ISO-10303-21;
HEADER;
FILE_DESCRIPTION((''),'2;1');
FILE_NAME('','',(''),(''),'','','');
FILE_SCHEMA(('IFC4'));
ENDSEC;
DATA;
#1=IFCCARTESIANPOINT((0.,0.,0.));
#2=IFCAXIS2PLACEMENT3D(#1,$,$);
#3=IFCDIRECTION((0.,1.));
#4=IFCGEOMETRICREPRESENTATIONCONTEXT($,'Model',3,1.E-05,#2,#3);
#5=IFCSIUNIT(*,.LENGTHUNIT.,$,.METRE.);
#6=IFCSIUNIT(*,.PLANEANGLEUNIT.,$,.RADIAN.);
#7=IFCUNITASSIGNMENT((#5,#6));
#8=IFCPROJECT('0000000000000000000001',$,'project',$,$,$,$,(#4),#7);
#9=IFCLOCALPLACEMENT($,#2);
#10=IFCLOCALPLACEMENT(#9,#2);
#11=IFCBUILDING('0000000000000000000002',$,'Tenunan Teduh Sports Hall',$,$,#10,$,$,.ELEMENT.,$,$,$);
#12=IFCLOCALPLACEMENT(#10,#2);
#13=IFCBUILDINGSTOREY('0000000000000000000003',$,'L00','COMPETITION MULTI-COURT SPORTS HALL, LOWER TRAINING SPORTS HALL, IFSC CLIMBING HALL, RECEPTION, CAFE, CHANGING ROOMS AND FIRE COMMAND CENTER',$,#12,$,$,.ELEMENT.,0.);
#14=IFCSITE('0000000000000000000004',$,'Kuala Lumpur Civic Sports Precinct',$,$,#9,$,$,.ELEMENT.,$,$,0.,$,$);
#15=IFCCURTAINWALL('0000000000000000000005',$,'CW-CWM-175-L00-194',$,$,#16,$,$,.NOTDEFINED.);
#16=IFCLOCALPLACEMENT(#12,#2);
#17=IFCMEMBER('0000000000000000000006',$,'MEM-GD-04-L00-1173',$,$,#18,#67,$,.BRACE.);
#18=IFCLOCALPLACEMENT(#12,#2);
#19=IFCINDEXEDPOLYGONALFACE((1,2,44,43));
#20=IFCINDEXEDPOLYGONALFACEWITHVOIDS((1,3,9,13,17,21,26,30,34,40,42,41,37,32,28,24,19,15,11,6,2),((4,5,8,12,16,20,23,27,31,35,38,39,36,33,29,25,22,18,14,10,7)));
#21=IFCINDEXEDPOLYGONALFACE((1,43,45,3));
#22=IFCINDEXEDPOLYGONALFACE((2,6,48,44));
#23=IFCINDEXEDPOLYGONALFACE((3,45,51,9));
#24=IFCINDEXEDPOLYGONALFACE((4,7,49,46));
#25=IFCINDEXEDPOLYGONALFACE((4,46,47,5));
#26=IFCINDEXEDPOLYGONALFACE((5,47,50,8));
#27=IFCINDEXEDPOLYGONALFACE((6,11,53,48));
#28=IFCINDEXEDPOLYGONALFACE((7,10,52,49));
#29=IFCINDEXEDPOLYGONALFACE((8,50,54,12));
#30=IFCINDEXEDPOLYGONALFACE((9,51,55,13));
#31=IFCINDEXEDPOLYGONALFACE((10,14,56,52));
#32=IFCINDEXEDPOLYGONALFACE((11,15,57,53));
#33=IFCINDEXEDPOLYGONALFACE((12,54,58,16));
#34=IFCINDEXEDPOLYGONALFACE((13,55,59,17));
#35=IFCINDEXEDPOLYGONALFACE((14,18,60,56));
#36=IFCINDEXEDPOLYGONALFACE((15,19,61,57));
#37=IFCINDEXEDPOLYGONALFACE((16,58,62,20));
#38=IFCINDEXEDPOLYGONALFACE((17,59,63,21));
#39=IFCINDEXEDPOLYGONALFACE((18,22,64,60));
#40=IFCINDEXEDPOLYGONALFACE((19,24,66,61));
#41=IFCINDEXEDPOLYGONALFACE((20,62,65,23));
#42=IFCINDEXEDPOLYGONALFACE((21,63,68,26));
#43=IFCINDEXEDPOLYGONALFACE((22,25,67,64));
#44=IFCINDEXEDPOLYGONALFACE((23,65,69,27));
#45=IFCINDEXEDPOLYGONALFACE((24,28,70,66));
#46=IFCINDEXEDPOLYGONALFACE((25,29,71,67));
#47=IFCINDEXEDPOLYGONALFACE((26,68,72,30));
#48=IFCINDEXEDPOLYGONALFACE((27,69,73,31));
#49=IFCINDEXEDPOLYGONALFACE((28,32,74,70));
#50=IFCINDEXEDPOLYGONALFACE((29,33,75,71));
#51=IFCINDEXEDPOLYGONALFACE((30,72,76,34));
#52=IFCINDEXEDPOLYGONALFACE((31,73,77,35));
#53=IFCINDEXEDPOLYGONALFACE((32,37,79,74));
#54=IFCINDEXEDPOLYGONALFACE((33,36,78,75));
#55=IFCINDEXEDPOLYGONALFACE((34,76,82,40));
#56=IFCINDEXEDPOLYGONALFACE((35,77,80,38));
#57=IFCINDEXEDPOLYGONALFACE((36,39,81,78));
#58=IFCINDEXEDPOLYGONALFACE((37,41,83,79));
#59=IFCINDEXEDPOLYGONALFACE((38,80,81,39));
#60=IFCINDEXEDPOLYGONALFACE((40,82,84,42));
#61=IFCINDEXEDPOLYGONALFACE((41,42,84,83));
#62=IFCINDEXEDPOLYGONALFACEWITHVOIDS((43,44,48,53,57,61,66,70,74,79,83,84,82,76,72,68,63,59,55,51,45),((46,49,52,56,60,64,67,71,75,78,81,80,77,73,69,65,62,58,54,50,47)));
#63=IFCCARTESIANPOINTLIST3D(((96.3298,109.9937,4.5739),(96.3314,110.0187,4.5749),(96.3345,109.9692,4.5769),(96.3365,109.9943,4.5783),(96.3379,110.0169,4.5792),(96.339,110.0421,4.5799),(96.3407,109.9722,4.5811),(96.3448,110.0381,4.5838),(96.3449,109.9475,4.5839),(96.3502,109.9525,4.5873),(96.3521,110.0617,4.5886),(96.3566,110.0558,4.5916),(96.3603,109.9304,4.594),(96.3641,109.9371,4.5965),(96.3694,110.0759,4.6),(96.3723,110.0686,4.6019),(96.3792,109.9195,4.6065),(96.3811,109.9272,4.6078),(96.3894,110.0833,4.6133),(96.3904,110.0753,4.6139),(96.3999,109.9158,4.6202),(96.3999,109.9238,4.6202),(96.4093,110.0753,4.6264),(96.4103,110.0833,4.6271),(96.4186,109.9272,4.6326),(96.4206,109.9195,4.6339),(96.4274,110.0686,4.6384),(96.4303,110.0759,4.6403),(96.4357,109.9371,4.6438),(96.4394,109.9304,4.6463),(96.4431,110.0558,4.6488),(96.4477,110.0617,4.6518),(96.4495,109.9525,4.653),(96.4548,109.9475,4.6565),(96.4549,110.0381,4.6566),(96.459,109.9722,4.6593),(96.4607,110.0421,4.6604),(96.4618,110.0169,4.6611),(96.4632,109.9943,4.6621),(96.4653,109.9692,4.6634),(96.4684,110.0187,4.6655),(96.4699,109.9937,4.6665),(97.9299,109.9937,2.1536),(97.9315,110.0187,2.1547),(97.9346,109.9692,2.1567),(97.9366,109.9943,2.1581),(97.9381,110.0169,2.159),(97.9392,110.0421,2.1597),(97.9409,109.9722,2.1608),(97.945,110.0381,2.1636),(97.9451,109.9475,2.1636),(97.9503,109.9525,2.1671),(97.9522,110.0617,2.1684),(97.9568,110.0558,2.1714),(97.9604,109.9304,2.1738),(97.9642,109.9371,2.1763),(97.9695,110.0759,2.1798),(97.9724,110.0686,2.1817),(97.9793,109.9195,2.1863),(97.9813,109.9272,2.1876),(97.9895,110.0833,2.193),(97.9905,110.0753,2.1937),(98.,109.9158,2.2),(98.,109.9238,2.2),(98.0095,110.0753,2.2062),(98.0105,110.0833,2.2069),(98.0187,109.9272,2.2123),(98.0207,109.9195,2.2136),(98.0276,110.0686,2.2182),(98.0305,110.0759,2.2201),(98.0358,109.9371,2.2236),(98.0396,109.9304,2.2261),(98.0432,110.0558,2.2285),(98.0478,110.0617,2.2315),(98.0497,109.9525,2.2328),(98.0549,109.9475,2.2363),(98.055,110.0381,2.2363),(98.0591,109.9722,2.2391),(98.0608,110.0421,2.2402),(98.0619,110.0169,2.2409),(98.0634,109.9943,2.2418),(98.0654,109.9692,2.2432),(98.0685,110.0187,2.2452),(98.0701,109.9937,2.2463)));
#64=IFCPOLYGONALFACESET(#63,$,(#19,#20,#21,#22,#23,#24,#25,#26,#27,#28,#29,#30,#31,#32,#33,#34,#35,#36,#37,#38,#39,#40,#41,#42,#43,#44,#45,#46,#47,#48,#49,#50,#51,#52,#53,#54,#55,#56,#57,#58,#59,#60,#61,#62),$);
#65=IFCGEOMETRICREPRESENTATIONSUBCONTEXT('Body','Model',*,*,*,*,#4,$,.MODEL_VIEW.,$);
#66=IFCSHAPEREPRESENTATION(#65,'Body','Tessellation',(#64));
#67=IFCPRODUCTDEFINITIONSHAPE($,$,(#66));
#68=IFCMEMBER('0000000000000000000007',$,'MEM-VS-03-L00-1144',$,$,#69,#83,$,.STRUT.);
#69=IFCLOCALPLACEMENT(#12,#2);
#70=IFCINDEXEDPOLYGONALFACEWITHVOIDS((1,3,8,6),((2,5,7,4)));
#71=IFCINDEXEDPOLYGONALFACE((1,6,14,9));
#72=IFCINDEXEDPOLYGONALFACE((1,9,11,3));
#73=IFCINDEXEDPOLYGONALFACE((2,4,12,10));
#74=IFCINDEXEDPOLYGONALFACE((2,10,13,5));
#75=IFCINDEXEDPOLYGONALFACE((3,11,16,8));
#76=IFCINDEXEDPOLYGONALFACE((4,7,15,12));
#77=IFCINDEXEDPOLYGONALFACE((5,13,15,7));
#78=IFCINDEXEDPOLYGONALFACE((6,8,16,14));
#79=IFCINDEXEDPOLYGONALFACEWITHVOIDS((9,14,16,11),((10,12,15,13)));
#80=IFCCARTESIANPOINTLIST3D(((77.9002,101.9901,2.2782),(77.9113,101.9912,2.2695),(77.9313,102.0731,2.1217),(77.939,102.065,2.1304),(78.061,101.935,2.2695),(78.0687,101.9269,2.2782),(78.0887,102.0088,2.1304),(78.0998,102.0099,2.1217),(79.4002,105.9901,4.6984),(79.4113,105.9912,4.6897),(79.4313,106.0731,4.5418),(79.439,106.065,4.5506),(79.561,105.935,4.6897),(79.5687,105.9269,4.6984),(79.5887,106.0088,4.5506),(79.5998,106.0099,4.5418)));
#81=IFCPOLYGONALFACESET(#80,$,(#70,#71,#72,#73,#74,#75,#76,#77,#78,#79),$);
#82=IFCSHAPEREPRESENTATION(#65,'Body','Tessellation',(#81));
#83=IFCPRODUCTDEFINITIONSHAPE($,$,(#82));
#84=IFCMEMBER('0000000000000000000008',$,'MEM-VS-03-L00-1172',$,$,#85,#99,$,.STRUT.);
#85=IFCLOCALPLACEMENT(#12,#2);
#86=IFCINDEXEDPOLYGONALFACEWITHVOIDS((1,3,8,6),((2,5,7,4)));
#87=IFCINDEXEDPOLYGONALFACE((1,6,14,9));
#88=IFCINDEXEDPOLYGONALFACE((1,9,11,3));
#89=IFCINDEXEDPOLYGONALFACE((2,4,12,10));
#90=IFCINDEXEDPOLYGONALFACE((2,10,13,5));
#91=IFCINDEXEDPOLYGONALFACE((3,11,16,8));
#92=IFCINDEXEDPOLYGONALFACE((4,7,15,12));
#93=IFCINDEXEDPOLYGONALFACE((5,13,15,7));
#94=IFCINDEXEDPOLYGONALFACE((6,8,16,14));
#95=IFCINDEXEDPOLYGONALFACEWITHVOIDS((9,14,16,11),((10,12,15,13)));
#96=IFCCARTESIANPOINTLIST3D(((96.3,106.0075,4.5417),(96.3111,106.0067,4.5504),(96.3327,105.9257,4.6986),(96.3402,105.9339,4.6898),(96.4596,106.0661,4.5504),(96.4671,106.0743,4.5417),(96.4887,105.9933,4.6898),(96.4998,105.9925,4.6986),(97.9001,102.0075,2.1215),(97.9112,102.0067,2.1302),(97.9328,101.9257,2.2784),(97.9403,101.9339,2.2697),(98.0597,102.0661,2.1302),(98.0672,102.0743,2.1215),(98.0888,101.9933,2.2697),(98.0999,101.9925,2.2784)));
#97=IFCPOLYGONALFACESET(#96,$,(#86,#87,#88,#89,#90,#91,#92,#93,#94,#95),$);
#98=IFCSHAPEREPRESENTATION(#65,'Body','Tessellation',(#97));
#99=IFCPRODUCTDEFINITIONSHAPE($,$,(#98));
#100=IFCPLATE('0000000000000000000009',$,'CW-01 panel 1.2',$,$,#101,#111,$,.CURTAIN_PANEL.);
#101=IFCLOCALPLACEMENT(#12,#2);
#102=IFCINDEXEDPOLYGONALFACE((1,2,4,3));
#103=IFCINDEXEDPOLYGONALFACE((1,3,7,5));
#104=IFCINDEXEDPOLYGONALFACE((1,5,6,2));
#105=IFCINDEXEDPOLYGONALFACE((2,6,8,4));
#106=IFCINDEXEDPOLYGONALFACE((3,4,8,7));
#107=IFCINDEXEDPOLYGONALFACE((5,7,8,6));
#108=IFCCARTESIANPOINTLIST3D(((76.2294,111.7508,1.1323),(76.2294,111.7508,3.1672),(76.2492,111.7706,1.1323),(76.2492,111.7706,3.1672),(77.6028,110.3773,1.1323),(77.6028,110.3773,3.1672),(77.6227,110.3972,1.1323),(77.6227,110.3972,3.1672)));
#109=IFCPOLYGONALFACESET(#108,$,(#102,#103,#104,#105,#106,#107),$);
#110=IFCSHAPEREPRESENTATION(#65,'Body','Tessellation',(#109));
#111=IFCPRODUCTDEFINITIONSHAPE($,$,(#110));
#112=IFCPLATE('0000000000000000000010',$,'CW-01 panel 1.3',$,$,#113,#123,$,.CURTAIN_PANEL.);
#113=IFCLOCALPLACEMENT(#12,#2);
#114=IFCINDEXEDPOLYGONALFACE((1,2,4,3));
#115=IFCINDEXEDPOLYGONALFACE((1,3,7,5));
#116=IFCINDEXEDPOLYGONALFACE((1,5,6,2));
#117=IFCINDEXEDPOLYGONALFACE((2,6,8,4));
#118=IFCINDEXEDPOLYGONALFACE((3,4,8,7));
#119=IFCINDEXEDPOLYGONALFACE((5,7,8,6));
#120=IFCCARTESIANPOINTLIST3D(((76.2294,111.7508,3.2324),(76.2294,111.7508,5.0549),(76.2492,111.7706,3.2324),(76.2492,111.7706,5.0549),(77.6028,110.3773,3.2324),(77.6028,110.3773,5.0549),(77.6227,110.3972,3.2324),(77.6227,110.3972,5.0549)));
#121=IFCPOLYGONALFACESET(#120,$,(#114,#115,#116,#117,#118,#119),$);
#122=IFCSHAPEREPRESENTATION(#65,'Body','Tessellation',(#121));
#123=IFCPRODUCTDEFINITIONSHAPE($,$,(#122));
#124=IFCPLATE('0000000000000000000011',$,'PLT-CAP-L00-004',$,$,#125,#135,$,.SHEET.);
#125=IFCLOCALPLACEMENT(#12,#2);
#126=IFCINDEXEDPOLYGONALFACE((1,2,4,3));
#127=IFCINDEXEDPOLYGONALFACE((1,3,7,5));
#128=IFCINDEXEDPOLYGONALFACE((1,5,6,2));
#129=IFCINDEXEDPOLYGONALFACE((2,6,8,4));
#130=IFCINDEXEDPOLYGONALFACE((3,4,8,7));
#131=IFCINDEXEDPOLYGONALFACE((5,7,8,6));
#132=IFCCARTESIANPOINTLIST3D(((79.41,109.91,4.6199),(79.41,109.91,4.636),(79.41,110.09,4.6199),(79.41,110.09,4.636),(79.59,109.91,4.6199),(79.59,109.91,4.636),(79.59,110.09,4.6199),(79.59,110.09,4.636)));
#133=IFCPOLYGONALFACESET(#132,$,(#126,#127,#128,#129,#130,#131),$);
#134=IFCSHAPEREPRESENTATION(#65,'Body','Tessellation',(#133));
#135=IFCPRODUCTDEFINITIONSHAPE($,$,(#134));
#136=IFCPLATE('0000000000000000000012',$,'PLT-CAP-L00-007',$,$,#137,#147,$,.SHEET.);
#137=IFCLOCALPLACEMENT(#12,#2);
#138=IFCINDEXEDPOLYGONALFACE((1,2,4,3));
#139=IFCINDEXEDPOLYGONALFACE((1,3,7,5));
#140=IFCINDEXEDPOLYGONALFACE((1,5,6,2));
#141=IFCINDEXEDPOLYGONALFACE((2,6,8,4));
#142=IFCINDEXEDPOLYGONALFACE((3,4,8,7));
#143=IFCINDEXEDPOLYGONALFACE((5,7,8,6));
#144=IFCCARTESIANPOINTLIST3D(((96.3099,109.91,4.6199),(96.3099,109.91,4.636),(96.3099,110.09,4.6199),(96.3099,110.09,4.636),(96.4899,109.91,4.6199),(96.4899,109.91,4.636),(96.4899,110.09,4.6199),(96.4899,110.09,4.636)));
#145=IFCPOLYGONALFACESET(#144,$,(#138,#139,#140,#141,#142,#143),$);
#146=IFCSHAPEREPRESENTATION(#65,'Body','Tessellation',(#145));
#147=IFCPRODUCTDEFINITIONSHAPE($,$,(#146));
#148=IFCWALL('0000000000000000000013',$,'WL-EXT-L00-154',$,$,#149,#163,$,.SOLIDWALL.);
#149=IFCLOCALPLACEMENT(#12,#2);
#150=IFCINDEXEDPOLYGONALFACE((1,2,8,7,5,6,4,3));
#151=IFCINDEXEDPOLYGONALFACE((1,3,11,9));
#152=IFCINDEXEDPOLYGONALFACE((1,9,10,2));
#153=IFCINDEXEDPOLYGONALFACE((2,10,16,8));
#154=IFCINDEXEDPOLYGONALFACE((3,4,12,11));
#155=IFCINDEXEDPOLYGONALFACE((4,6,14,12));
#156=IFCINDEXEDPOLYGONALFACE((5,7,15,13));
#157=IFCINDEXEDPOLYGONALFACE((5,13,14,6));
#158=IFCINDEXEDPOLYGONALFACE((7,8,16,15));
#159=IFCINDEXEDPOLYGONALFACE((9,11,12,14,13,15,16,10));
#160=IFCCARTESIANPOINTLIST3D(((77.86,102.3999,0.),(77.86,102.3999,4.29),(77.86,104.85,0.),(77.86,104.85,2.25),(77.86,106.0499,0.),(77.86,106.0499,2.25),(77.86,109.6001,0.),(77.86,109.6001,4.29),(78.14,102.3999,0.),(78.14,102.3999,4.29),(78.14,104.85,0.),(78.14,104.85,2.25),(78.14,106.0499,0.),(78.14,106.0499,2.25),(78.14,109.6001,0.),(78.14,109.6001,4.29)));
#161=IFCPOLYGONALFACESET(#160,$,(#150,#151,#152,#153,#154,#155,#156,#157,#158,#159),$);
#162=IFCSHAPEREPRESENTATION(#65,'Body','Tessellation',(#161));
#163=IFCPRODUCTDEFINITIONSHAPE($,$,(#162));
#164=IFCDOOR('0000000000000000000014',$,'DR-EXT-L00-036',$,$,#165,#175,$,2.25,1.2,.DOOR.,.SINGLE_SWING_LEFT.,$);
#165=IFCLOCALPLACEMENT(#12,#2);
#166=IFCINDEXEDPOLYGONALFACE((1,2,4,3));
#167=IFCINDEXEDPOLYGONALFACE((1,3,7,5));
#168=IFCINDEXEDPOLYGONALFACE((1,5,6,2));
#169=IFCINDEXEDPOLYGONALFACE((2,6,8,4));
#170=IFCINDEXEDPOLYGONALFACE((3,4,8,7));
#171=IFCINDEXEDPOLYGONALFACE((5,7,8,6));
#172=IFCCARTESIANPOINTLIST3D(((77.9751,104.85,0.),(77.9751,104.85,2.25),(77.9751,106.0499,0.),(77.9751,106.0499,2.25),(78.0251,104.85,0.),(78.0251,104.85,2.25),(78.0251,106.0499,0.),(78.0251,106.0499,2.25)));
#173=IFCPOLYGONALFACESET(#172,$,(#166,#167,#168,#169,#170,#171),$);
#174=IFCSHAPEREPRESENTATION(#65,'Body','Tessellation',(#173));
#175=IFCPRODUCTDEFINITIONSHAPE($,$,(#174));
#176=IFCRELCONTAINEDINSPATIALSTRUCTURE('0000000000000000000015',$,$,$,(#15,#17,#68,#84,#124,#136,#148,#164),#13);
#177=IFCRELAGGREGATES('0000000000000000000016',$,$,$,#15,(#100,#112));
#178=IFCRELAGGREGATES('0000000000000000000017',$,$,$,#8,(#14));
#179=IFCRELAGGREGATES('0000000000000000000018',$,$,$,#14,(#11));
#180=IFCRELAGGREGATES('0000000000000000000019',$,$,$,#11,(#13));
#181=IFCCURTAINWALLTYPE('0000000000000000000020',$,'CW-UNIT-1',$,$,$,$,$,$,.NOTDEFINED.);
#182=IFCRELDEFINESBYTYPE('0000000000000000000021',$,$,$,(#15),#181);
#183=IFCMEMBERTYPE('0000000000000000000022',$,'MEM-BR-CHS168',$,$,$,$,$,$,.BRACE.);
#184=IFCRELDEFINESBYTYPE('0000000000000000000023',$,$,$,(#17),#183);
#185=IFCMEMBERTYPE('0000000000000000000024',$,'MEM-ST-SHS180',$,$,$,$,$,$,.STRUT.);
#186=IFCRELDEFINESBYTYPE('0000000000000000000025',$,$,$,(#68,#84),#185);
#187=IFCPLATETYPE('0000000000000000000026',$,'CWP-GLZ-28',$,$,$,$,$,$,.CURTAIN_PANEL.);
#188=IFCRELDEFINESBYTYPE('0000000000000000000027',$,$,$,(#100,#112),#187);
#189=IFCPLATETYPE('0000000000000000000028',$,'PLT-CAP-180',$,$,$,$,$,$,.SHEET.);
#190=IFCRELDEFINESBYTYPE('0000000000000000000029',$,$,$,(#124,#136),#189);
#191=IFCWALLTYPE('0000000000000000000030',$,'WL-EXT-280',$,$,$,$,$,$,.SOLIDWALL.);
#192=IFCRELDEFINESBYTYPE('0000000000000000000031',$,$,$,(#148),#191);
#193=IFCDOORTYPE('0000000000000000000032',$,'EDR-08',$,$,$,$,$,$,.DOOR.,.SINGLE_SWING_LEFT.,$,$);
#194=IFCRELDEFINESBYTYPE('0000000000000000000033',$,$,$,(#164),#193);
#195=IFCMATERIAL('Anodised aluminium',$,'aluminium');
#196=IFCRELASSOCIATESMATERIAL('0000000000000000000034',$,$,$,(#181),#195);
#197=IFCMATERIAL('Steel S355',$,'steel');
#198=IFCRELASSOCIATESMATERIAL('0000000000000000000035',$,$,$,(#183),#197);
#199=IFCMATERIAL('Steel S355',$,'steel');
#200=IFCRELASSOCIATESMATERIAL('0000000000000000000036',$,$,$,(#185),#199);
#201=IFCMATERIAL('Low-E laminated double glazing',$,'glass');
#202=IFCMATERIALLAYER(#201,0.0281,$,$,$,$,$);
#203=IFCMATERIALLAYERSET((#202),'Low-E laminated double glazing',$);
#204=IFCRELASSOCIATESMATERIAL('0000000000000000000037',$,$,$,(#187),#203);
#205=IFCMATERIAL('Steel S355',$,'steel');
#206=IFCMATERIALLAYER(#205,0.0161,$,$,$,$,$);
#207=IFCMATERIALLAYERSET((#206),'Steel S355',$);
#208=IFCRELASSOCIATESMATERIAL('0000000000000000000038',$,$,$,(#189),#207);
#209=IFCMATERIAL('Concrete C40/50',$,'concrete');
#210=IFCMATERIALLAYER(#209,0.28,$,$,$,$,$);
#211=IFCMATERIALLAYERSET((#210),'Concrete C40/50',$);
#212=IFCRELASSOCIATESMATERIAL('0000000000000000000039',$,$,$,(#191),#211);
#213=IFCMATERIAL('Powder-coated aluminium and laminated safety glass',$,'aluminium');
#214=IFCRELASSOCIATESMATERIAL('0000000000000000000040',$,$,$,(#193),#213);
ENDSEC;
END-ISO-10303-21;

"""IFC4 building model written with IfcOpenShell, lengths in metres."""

from ifc_helpers import new_model, si_unit, direction, frame, frame_2d, origin, origin_2d, place, context, subcontext, project, spatial, rectangle, hollow_rectangle, hollow_circle, extrude, material, layer, layer_set, material_profile, profile_set, type_object, element, fill, aggregate, save


model = new_model("IFC4")

# Units and contexts
model_context = context("Model", 3, precision=1e-05, world=origin(), true_north=direction((0.0, 1.0)))
body_context = subcontext(model_context, "Body", "Model", "MODEL_VIEW")
ifc_project = project(units=[si_unit("LENGTHUNIT", "METRE"), si_unit("PLANEANGLEUNIT", "RADIAN")], contexts=[model_context])

# Site, building, storey
site_placement = place(None, origin())
site = spatial("IfcSite", under=ifc_project, at=site_placement, Name="Kuala Lumpur Civic Sports Precinct", CompositionType="ELEMENT", RefElevation=0.0)
building_placement = place(site_placement, origin())
building = spatial("IfcBuilding", under=site, at=building_placement, Name="Tenunan Teduh Sports Hall", CompositionType="ELEMENT")
storey_placement = place(building_placement, origin())
storey = spatial("IfcBuildingStorey", under=building, at=storey_placement, Name="L00", Description="COMPETITION MULTI-COURT SPORTS HALL, LOWER TRAINING SPORTS HALL, IFSC CLIMBING HALL, RECEPTION, CAFE, CHANGING ROOMS AND FIRE COMMAND CENTER", CompositionType="ELEMENT", Elevation=0.0)

# Curtain wall
ifc_material_1 = material(Name="Anodised aluminium", Category="aluminium")
curtain_wall_type = type_object("IfcCurtainWallType", Name="CW-UNIT-1", PredefinedType="NOTDEFINED", material=ifc_material_1)
curtain_wall_placement = place(storey_placement, origin())
curtain_wall = element("IfcCurtainWall", 1, at=curtain_wall_placement, inside=storey, type_object=curtain_wall_type, Name="CW-CWM-175-L00-194", PredefinedType="NOTDEFINED")

# Members
ifc_material_2 = material(Name="Steel S355", Category="steel")
ifc_material_profile_1 = material_profile(ifc_material_2, hollow_circle(Radius=0.0842, WallThickness=0.0081, at=origin_2d()), Name="CHS 168.3x8.0")
ifc_profile_set_1 = profile_set([ifc_material_profile_1], Name="Steel S355")
member_type_1 = type_object("IfcMemberType", Name="MEM-BR-CHS168", PredefinedType="BRACE", material=ifc_profile_set_1)
member_1_placement = place(storey_placement, frame((98.0, 110.0, 2.2), z_axis=(-0.551511, 0.0, 0.834167), x_axis=(0.0, -1.0, 0.0)))
element("IfcMember", 2, at=member_1_placement, inside=storey, type_object=member_type_1, Name="MEM-GD-04-L00-1173", PredefinedType="BRACE", context=body_context, shape_type="SweptSolid", body=[
    extrude(hollow_circle(Radius=0.0842, WallThickness=0.0081, at=origin_2d()), origin(), (0.0, 0.0, 1.0), 2.9014),
])
ifc_material_3 = material(Name="Steel S355", Category="steel")
ifc_material_profile_2 = material_profile(ifc_material_3, hollow_rectangle(XDim=0.1799, YDim=0.1799, WallThickness=0.01, at=origin_2d()), Name="SHS 180x180x10.0")
ifc_profile_set_2 = profile_set([ifc_material_profile_2], Name="Steel S355")
member_type_2 = type_object("IfcMemberType", Name="MEM-ST-SHS180", PredefinedType="STRUT", material=ifc_profile_set_2)
member_2_placement = place(storey_placement, frame((78.0, 102.0, 2.2), z_axis=(0.305505, 0.814679, 0.492915), x_axis=(-0.936329, 0.351123, 0.0)))
element("IfcMember", 3, at=member_2_placement, inside=storey, type_object=member_type_2, Name="MEM-VS-03-L00-1144", PredefinedType="STRUT", context=body_context, shape_type="SweptSolid", body=[
    extrude(hollow_rectangle(XDim=0.1799, YDim=0.1799, WallThickness=0.01, at=origin_2d()), origin(), (0.0, 0.0, 1.0), 4.9099),
])
member_3_placement = place(storey_placement, frame((98.0, 102.0, 2.2), z_axis=(-0.323814, 0.809486, 0.489773), x_axis=(-0.928469, -0.37141, 0.0)))
element("IfcMember", 4, at=member_3_placement, inside=storey, type_object=member_type_2, Name="MEM-VS-03-L00-1172", PredefinedType="STRUT", context=body_context, shape_type="SweptSolid", body=[
    extrude(hollow_rectangle(XDim=0.1799, YDim=0.1799, WallThickness=0.01, at=origin_2d()), origin(), (0.0, 0.0, 1.0), 4.9414),
])

# Plates
ifc_material_4 = material(Name="Low-E laminated double glazing", Category="glass")
ifc_layer_1 = layer(ifc_material_4, 0.0281)
ifc_layer_set_1 = layer_set([ifc_layer_1], Name="Low-E laminated double glazing")
plate_type_1 = type_object("IfcPlateType", Name="CWP-GLZ-28", PredefinedType="CURTAIN_PANEL", material=ifc_layer_set_1)
plate_1_placement = place(storey_placement, frame((76.926, 111.074, 1.1323), z_axis=(0.0, 0.0, 1.0), x_axis=(-0.707107, 0.707107, 0.0)))
plate_1 = element("IfcPlate", 5, at=plate_1_placement, type_object=plate_type_1, Name="CW-01 panel 1.2", PredefinedType="CURTAIN_PANEL", context=body_context, shape_type="SweptSolid", body=[
    extrude(rectangle(XDim=1.9424, YDim=0.0281, at=origin_2d()), origin(), (0.0, 0.0, 1.0), 2.0349),
])
plate_2_placement = place(storey_placement, frame((76.926, 111.074, 3.2324), z_axis=(0.0, 0.0, 1.0), x_axis=(-0.707107, 0.707107, 0.0)))
plate_2 = element("IfcPlate", 6, at=plate_2_placement, type_object=plate_type_1, Name="CW-01 panel 1.3", PredefinedType="CURTAIN_PANEL", context=body_context, shape_type="SweptSolid", body=[
    extrude(rectangle(XDim=1.9424, YDim=0.0281, at=origin_2d()), origin(), (0.0, 0.0, 1.0), 1.8225),
])
aggregate(curtain_wall, [plate_1, plate_2])

# Plates
ifc_material_5 = material(Name="Steel S355", Category="steel")
ifc_layer_2 = layer(ifc_material_5, 0.0161)
ifc_layer_set_2 = layer_set([ifc_layer_2], Name="Steel S355")
plate_type_2 = type_object("IfcPlateType", Name="PLT-CAP-180", PredefinedType="SHEET", material=ifc_layer_set_2)
for number, where, z_axis, x_axis, name in (
    (7, (79.5, 110.0, 4.6199), (0.0, 0.0, 1.0), (1.0, 0.0, 0.0), "PLT-CAP-L00-004"),
    (8, (96.3999, 110.0, 4.6199), (0.0, 0.0, 1.0), (1.0, 0.0, 0.0), "PLT-CAP-L00-007"),
):
    element("IfcPlate", number, at=place(storey_placement, frame(where, z_axis=z_axis, x_axis=x_axis)), inside=storey, type_object=plate_type_2, Name=name, PredefinedType="SHEET", context=body_context, shape_type="SweptSolid", body=[
        extrude(rectangle(XDim=0.1799, YDim=0.1799, at=origin_2d()), origin(), (0.0, 0.0, 1.0), 0.0161),
    ])

# Wall, opening, door
ifc_material_6 = material(Name="Concrete C40/50", Category="concrete")
ifc_layer_3 = layer(ifc_material_6, 0.28)
ifc_layer_set_3 = layer_set([ifc_layer_3], Name="Concrete C40/50")
wall_type = type_object("IfcWallType", Name="WL-EXT-280", PredefinedType="SOLIDWALL", material=ifc_layer_set_3)
wall_placement = place(storey_placement, frame((78.0, 102.3999, 0.0), z_axis=(0.0, 0.0, 1.0), x_axis=(0.0, 1.0, 0.0)))
wall = element("IfcWall", 9, at=wall_placement, inside=storey, type_object=wall_type, Name="WL-EXT-L00-154", PredefinedType="SOLIDWALL", context=body_context, shape_type="SweptSolid", body=[
    extrude(rectangle(XDim=7.2002, YDim=0.28, at=frame_2d((3.6001, 0.0))), origin(), (0.0, 0.0, 1.0), 4.29),
])
opening_placement = place(wall_placement, frame((2.45, 0.0, 0.0)))
opening = element("IfcOpeningElement", 10, at=opening_placement, cuts=wall, PredefinedType="OPENING", context=body_context, shape_type="SweptSolid", body=[
    extrude(rectangle(XDim=1.2, YDim=2.25, at=frame_2d((0.6001, 1.125))), frame((0.0, 0.1499, 0.0), z_axis=(0.0, -1.0, 0.0), x_axis=(1.0, 0.0, 0.0)), (0.0, 0.0, 1.0), 0.3),
])
ifc_material_7 = material(Name="Powder-coated aluminium and laminated safety glass", Category="aluminium")
door_type = type_object("IfcDoorType", Name="EDR-08", OperationType="SINGLE_SWING_LEFT", PredefinedType="DOOR", material=ifc_material_7)
door_placement = place(opening_placement, origin())
door = element("IfcDoor", 11, at=door_placement, inside=storey, type_object=door_type, Name="DR-EXT-L00-036", OperationType="SINGLE_SWING_LEFT", OverallHeight=2.25, OverallWidth=1.2, PredefinedType="DOOR", context=body_context, shape_type="SweptSolid", body=[
    extrude(rectangle(XDim=1.2, YDim=2.25, at=frame_2d((0.6001, 1.125))), frame((0.0, 0.0249, 0.0), z_axis=(0.0, -1.0, 0.0), x_axis=(1.0, 0.0, 0.0)), (0.0, 0.0, 1.0), 0.05),
])
fill(opening, door)

save(model, "model.ifc")
